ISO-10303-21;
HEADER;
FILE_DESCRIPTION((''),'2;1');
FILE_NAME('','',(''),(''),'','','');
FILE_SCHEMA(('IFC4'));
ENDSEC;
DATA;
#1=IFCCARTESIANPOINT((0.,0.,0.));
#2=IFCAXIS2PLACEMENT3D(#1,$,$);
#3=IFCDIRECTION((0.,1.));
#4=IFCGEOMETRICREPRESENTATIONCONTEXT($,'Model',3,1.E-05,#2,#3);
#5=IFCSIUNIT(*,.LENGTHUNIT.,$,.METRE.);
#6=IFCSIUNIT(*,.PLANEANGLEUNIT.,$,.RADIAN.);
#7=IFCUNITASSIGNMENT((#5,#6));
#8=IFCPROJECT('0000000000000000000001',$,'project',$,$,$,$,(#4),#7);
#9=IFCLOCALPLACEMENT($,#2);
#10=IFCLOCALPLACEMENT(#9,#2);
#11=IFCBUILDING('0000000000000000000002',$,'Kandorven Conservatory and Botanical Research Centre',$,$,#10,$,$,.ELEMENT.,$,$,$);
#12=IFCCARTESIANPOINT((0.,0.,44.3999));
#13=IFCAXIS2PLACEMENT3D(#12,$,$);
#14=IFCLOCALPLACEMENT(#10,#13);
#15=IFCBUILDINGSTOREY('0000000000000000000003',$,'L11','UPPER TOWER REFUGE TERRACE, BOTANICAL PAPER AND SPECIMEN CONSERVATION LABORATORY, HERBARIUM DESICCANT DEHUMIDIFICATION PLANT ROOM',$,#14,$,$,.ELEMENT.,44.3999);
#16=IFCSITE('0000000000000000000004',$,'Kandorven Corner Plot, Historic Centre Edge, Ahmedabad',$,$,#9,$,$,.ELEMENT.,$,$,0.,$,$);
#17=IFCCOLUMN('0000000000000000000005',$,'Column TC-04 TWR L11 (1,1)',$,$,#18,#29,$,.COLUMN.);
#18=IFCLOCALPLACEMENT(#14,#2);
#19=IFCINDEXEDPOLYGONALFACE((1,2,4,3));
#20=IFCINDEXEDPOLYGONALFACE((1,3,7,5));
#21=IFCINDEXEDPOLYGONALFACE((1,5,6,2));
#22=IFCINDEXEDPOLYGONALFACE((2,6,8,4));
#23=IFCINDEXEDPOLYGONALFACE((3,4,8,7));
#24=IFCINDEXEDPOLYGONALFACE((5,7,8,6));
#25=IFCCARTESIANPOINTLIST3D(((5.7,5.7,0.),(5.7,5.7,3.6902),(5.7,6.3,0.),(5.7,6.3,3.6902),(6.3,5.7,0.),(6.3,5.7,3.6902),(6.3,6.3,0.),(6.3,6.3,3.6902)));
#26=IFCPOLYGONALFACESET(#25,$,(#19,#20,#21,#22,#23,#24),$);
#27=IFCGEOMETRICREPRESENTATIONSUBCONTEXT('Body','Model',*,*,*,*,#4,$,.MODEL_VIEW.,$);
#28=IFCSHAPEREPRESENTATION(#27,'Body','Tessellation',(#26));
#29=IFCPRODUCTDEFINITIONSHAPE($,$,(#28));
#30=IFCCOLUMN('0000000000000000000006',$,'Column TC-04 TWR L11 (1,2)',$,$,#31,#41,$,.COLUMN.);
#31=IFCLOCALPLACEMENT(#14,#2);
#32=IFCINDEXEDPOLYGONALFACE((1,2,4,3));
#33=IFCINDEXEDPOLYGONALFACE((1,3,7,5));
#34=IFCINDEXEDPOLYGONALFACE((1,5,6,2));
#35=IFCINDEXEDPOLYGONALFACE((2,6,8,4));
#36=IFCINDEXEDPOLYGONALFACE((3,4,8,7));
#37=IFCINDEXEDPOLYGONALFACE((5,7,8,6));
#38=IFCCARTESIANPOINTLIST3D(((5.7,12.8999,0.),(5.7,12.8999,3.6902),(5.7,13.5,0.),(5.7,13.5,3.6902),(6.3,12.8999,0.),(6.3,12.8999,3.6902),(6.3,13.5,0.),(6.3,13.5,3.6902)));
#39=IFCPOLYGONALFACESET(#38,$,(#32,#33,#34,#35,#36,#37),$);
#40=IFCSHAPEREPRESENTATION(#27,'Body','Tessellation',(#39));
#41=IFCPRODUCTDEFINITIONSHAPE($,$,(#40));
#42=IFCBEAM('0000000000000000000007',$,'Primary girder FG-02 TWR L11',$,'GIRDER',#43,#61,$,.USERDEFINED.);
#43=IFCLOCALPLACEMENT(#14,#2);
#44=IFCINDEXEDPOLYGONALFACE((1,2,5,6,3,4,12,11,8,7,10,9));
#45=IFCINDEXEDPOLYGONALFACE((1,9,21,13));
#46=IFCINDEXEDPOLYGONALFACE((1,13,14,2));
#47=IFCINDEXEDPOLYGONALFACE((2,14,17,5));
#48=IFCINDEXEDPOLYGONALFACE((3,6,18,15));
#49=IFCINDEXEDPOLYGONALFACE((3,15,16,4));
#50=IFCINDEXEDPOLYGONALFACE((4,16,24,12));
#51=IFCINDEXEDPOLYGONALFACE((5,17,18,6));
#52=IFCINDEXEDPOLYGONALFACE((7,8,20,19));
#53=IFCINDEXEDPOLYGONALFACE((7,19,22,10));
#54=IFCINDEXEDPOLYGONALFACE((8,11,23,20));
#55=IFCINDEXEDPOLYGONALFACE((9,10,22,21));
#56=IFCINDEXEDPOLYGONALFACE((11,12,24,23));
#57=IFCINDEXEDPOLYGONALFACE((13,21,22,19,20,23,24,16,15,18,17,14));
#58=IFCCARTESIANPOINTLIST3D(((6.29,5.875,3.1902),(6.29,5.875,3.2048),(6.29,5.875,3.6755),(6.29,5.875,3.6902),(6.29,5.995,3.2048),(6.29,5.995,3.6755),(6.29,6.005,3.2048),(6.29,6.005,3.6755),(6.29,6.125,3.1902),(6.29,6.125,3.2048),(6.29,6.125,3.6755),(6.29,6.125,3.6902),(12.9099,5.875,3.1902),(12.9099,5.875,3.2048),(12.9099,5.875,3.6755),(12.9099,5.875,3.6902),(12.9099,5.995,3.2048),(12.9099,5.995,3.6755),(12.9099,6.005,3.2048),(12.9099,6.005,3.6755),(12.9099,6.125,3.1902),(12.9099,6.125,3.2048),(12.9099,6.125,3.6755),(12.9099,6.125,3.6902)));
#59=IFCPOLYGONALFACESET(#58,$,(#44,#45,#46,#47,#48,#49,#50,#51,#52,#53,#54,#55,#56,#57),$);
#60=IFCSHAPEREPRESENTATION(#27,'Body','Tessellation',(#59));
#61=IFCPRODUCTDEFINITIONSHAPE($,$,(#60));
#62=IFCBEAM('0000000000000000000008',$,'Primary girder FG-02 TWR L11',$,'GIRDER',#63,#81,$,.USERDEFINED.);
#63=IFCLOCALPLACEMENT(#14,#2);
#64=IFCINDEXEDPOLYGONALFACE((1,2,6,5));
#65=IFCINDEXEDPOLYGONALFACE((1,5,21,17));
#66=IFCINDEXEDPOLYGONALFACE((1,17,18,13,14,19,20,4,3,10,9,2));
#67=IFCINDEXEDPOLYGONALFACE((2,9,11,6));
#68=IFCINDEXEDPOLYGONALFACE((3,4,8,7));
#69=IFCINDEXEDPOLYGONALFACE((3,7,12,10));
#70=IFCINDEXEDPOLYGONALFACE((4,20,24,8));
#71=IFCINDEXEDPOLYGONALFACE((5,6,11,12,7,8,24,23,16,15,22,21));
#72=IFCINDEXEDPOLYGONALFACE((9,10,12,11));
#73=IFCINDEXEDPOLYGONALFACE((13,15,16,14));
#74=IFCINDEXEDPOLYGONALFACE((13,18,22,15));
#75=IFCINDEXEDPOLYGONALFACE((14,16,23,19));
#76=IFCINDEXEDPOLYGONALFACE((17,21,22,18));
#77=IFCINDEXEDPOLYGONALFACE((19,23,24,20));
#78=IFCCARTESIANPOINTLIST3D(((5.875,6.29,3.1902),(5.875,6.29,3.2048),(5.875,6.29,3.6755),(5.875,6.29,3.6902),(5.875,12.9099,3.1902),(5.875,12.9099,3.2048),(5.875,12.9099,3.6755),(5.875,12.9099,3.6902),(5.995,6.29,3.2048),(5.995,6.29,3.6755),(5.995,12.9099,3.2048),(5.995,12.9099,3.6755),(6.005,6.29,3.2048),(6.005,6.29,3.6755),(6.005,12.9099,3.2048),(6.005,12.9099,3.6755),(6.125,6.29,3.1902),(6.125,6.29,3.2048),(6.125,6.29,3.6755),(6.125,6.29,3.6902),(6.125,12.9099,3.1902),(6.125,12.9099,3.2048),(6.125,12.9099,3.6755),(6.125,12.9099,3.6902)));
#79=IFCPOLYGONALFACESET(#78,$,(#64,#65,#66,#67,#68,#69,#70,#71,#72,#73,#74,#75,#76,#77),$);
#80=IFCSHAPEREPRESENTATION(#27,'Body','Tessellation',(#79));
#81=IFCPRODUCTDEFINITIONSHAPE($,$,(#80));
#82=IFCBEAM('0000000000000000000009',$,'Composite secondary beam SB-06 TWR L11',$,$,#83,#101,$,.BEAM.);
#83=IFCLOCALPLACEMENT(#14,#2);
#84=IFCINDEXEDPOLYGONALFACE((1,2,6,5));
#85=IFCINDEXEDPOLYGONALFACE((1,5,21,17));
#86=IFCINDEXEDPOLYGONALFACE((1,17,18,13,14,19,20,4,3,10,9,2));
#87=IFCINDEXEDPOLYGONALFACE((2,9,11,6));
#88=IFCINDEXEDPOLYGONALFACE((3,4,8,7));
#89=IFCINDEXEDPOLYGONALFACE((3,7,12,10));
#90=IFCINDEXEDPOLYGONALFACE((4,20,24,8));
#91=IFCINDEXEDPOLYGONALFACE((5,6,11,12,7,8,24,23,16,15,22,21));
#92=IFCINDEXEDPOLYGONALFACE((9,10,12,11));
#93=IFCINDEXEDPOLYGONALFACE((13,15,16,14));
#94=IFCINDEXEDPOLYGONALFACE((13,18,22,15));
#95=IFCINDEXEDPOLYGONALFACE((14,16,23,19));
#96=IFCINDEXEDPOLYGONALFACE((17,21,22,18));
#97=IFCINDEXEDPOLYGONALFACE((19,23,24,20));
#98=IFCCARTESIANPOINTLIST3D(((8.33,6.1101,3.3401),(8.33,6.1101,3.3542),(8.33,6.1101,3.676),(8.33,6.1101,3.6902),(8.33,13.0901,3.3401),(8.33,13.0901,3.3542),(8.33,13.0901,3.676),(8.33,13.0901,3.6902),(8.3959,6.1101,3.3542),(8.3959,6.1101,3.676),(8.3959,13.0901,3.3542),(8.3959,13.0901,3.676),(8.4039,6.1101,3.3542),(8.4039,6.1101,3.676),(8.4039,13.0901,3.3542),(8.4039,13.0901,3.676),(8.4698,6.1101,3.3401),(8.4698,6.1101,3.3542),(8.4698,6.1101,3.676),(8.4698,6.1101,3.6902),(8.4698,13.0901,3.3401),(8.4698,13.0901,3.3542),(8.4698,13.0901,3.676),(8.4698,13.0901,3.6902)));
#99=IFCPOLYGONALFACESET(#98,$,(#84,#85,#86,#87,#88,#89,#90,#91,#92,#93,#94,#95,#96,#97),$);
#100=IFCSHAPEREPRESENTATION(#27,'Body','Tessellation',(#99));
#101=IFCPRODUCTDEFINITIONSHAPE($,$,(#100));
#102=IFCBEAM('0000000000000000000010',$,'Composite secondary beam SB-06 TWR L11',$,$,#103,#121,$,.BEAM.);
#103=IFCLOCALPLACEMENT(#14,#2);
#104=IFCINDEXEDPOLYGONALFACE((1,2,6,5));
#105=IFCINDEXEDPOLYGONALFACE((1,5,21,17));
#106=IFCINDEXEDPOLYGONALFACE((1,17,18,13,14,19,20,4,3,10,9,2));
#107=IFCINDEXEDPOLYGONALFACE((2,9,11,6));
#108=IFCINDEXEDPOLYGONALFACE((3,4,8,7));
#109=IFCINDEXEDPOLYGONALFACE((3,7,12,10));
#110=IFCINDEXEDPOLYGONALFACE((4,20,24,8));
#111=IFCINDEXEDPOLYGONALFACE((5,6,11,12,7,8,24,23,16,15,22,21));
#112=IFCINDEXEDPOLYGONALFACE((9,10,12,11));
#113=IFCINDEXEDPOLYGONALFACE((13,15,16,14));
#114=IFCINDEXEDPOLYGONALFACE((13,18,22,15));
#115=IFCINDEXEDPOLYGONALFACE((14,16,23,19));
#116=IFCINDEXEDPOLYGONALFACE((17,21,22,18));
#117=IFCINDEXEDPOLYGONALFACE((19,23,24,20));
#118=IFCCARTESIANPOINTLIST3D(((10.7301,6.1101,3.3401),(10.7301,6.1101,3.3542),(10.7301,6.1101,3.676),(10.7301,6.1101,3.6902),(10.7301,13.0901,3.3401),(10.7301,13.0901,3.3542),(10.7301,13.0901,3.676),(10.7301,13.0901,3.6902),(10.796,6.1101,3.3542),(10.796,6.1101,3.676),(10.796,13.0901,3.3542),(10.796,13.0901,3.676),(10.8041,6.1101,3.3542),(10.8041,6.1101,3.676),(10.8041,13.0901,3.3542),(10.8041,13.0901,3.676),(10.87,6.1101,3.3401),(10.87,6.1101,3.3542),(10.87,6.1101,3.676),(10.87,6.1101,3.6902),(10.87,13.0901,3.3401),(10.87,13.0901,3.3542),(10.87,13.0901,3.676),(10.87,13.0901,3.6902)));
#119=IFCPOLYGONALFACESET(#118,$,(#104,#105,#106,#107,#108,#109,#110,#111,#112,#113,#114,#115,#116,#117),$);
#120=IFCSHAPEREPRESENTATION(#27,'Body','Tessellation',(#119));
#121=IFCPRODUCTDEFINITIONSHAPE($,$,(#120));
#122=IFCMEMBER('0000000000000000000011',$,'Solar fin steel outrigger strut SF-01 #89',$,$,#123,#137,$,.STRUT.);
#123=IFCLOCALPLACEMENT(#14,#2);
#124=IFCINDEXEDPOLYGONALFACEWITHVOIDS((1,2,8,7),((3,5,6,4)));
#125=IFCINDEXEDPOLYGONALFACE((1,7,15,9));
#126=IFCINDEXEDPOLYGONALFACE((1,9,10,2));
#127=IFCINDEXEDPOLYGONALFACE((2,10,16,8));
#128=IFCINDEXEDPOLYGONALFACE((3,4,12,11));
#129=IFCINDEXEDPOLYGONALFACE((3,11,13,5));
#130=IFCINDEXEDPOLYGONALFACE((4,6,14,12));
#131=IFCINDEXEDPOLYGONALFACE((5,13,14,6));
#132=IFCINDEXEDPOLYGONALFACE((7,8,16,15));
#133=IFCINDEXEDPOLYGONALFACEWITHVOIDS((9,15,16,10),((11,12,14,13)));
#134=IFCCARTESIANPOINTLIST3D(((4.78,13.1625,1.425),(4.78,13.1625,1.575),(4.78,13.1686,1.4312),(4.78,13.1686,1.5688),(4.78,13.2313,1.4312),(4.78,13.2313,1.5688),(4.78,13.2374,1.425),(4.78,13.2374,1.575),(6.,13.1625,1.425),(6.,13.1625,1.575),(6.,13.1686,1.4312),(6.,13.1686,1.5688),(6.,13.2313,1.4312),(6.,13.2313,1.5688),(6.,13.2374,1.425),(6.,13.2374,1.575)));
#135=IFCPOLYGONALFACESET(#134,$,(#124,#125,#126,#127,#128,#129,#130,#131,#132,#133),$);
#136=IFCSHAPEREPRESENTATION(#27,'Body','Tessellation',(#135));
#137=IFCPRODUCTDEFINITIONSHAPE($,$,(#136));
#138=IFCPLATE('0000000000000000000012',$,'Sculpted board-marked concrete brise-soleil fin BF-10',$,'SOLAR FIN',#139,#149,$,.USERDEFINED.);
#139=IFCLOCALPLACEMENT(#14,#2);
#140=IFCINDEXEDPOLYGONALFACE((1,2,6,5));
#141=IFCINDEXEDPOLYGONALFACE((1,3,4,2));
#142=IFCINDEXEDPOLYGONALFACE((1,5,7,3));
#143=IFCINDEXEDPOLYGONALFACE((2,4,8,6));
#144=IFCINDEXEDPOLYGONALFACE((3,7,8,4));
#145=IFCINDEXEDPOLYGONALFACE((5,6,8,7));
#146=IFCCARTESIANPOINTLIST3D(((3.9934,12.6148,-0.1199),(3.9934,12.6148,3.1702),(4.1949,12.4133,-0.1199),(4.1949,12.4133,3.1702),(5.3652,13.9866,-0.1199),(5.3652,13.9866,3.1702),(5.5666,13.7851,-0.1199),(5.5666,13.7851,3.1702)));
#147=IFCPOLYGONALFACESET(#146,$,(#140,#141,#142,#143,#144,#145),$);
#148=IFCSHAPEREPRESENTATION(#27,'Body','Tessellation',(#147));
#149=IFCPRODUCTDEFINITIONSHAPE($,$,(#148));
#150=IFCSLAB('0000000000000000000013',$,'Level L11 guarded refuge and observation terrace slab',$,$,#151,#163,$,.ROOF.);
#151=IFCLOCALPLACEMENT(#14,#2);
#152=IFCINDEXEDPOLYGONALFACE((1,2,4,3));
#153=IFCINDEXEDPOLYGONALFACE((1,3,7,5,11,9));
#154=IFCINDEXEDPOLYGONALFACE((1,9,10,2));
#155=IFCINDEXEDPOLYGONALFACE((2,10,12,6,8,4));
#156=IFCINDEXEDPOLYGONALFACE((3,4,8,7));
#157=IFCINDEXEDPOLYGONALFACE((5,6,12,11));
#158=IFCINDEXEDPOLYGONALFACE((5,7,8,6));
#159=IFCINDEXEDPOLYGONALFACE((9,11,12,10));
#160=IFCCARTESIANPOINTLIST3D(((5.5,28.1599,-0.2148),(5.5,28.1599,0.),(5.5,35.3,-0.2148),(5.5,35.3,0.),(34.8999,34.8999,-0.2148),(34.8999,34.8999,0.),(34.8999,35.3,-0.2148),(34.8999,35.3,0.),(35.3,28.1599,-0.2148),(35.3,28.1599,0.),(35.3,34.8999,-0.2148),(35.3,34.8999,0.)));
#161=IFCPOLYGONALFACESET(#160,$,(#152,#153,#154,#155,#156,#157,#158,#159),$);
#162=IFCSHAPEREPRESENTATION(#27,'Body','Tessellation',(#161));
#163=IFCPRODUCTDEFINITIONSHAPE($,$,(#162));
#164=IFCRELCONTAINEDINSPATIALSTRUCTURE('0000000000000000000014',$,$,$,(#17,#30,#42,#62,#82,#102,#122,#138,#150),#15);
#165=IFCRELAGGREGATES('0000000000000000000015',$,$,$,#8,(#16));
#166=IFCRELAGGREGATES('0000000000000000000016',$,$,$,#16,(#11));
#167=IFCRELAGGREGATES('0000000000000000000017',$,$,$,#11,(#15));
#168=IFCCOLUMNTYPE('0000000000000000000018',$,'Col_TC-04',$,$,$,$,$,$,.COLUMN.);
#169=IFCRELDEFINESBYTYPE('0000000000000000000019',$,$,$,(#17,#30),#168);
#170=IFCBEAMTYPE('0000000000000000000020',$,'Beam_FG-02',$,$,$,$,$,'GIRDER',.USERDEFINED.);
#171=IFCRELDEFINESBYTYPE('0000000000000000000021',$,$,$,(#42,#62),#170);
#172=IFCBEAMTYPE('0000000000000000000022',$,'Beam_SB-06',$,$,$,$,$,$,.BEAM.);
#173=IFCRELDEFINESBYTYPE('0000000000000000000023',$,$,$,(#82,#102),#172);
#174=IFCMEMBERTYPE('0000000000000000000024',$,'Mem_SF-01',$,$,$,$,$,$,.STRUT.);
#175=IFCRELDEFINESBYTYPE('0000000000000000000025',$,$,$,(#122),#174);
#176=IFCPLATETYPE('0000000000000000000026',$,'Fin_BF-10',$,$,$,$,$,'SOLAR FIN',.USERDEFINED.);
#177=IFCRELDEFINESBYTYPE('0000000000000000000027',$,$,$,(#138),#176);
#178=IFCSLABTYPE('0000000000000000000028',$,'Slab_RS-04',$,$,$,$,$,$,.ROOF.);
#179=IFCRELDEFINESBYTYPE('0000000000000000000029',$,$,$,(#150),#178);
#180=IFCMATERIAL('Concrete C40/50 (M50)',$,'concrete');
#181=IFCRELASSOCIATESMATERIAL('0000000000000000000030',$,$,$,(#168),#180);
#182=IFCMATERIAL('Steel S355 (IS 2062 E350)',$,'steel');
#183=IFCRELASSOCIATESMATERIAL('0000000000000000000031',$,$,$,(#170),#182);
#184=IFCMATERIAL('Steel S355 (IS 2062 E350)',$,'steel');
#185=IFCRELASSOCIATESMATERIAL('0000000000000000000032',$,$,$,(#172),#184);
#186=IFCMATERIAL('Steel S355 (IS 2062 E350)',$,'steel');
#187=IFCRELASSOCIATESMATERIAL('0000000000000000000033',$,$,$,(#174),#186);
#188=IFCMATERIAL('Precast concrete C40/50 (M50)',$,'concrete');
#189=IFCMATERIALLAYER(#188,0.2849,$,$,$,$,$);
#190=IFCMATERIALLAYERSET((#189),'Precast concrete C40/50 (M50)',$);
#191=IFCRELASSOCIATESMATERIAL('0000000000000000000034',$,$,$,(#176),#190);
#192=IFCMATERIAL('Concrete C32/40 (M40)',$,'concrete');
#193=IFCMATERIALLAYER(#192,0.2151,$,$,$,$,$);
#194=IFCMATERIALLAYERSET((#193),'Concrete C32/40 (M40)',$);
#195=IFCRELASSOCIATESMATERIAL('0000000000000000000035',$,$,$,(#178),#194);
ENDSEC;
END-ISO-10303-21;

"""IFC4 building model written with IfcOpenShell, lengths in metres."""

from ifc_helpers import new_model, si_unit, direction, frame, origin, origin_2d, place, context, subcontext, project, spatial, polyline, rectangle, hollow_rectangle, i_section, outline, extrude, material, layer, layer_set, material_profile, profile_set, type_object, element, save


model = new_model("IFC4")

# Units and contexts
model_context = context("Model", 3, precision=1e-05, world=origin(), true_north=direction((0.0, 1.0)))
body_context = subcontext(model_context, "Body", "Model", "MODEL_VIEW")
ifc_project = project(units=[si_unit("LENGTHUNIT", "METRE"), si_unit("PLANEANGLEUNIT", "RADIAN")], contexts=[model_context])

# Site, building, storey
site_placement = place(None, origin())
site = spatial("IfcSite", under=ifc_project, at=site_placement, Name="Kandorven Corner Plot, Historic Centre Edge, Ahmedabad", CompositionType="ELEMENT", RefElevation=0.0)
building_placement = place(site_placement, origin())
building = spatial("IfcBuilding", under=site, at=building_placement, Name="Kandorven Conservatory and Botanical Research Centre", CompositionType="ELEMENT")
storey_placement = place(building_placement, frame((0.0, 0.0, 44.3999)))
storey = spatial("IfcBuildingStorey", under=building, at=storey_placement, Name="L11", Description="UPPER TOWER REFUGE TERRACE, BOTANICAL PAPER AND SPECIMEN CONSERVATION LABORATORY, HERBARIUM DESICCANT DEHUMIDIFICATION PLANT ROOM", CompositionType="ELEMENT", Elevation=44.3999)

# Columns
ifc_material_1 = material(Name="Concrete C40/50 (M50)", Category="concrete")
ifc_material_profile_1 = material_profile(ifc_material_1, rectangle(XDim=0.6001, YDim=0.6001, at=origin_2d()))
ifc_profile_set_1 = profile_set([ifc_material_profile_1], Name="Concrete C40/50 (M50)")
column_type = type_object("IfcColumnType", Name="Col_TC-04", PredefinedType="COLUMN", material=ifc_profile_set_1)
for number, where, z_axis, x_axis, name in (
    (1, (6.0, 6.0, 0.0), (0.0, 0.0, 1.0), (1.0, 0.0, 0.0), "Column TC-04 TWR L11 (1,1)"),
    (2, (6.0, 13.2, 0.0), (0.0, 0.0, 1.0), (1.0, 0.0, 0.0), "Column TC-04 TWR L11 (1,2)"),
):
    element("IfcColumn", number, at=place(storey_placement, frame(where, z_axis=z_axis, x_axis=x_axis)), inside=storey, type_object=column_type, Name=name, PredefinedType="COLUMN", context=body_context, shape_type="SweptSolid", body=[
        extrude(rectangle(XDim=0.6001, YDim=0.6001, at=origin_2d()), origin(), (0.0, 0.0, 1.0), 3.6902),
    ])

# Beams
ifc_material_2 = material(Name="Steel S355 (IS 2062 E350)", Category="steel")
ifc_material_profile_2 = material_profile(ifc_material_2, i_section(OverallWidth=0.25, OverallDepth=0.5, WebThickness=0.01, FlangeThickness=0.0146, at=origin_2d()))
ifc_profile_set_2 = profile_set([ifc_material_profile_2], Name="Steel S355 (IS 2062 E350)")
beam_type_1 = type_object("IfcBeamType", Name="Beam_FG-02", ElementType="GIRDER", PredefinedType="USERDEFINED", material=ifc_profile_set_2)
for number, where, z_axis, x_axis, name in (
    (3, (6.29, 6.0, 3.4402), (1.0, 0.0, 0.0), (0.0, 1.0, 0.0), "Primary girder FG-02 TWR L11"),
    (4, (6.0, 6.29, 3.4402), (0.0, 1.0, 0.0), (-1.0, 0.0, 0.0), "Primary girder FG-02 TWR L11"),
):
    element("IfcBeam", number, at=place(storey_placement, frame(where, z_axis=z_axis, x_axis=x_axis)), inside=storey, type_object=beam_type_1, Name=name, ObjectType="GIRDER", PredefinedType="USERDEFINED", context=body_context, shape_type="SweptSolid", body=[
        extrude(i_section(OverallWidth=0.25, OverallDepth=0.5, WebThickness=0.01, FlangeThickness=0.0146, at=origin_2d()), origin(), (0.0, 0.0, 1.0), 6.6199),
    ])
ifc_material_3 = material(Name="Steel S355 (IS 2062 E350)", Category="steel")
ifc_material_profile_3 = material_profile(ifc_material_3, i_section(OverallWidth=0.1399, OverallDepth=0.3501, WebThickness=0.0081, FlangeThickness=0.0142, at=origin_2d()))
ifc_profile_set_3 = profile_set([ifc_material_profile_3], Name="Steel S355 (IS 2062 E350)")
beam_type_2 = type_object("IfcBeamType", Name="Beam_SB-06", PredefinedType="BEAM", material=ifc_profile_set_3)
for number, where, z_axis, x_axis, name in (
    (5, (8.3999, 6.1101, 3.5151), (0.0, 1.0, 0.0), (-1.0, 0.0, 0.0), "Composite secondary beam SB-06 TWR L11"),
    (6, (10.8, 6.1101, 3.5151), (0.0, 1.0, 0.0), (-1.0, 0.0, 0.0), "Composite secondary beam SB-06 TWR L11"),
):
    element("IfcBeam", number, at=place(storey_placement, frame(where, z_axis=z_axis, x_axis=x_axis)), inside=storey, type_object=beam_type_2, Name=name, PredefinedType="BEAM", context=body_context, shape_type="SweptSolid", body=[
        extrude(i_section(OverallWidth=0.1399, OverallDepth=0.3501, WebThickness=0.0081, FlangeThickness=0.0142, at=origin_2d()), origin(), (0.0, 0.0, 1.0), 6.98),
    ])

# Member
ifc_material_4 = material(Name="Steel S355 (IS 2062 E350)", Category="steel")
ifc_material_profile_4 = material_profile(ifc_material_4, hollow_rectangle(XDim=0.075, YDim=0.1499, WallThickness=0.0061, at=origin_2d()))
ifc_profile_set_4 = profile_set([ifc_material_profile_4], Name="Steel S355 (IS 2062 E350)")
member_type = type_object("IfcMemberType", Name="Mem_SF-01", PredefinedType="STRUT", material=ifc_profile_set_4)
member_placement = place(storey_placement, frame((6.0, 13.2, 1.5), z_axis=(-1.0, 0.0, 0.0), x_axis=(0.0, -1.0, 0.0)))
element("IfcMember", 7, at=member_placement, inside=storey, type_object=member_type, Name="Solar fin steel outrigger strut SF-01 #89", PredefinedType="STRUT", context=body_context, shape_type="SweptSolid", body=[
    extrude(hollow_rectangle(XDim=0.075, YDim=0.1499, WallThickness=0.0061, at=origin_2d()), origin(), (0.0, 0.0, 1.0), 1.22),
])

# Plate
ifc_material_5 = material(Name="Precast concrete C40/50 (M50)", Category="concrete")
ifc_layer_1 = layer(ifc_material_5, 0.2849)
ifc_layer_set_1 = layer_set([ifc_layer_1], Name="Precast concrete C40/50 (M50)")
plate_type = type_object("IfcPlateType", Name="Fin_BF-10", ElementType="SOLAR FIN", PredefinedType="USERDEFINED", material=ifc_layer_set_1)
plate_placement = place(storey_placement, frame((4.78, 13.2, -0.1199), z_axis=(0.0, 0.0, 1.0), x_axis=(0.707107, 0.707107, 0.0)))
element("IfcPlate", 8, at=plate_placement, inside=storey, type_object=plate_type, Name="Sculpted board-marked concrete brise-soleil fin BF-10", ObjectType="SOLAR FIN", PredefinedType="USERDEFINED", context=body_context, shape_type="SweptSolid", body=[
    extrude(rectangle(XDim=1.9399, YDim=0.2849, at=origin_2d()), origin(), (0.0, 0.0, 1.0), 3.29),
])

# Slab
ifc_material_6 = material(Name="Concrete C32/40 (M40)", Category="concrete")
ifc_layer_2 = layer(ifc_material_6, 0.2151)
ifc_layer_set_2 = layer_set([ifc_layer_2], Name="Concrete C32/40 (M40)")
slab_type_1 = type_object("IfcSlabType", Name="Slab_RS-04", PredefinedType="ROOF", material=ifc_layer_set_2)
slab_1_placement = place(storey_placement, frame((0.0, 0.0, -0.2148)))
element("IfcSlab", 9, at=slab_1_placement, inside=storey, type_object=slab_type_1, Name="Level L11 guarded refuge and observation terrace slab", PredefinedType="ROOF", context=body_context, shape_type="SweptSolid", body=[
    extrude(outline(polyline([(5.5, 28.1599), (35.3, 28.1599), (35.3, 34.8999), (34.8999, 34.8999), (34.8999, 35.3), (5.5, 35.3), (5.5, 28.1599)])), origin(), (0.0, 0.0, 1.0), 0.2148),
])

save(model, "model.ifc")
